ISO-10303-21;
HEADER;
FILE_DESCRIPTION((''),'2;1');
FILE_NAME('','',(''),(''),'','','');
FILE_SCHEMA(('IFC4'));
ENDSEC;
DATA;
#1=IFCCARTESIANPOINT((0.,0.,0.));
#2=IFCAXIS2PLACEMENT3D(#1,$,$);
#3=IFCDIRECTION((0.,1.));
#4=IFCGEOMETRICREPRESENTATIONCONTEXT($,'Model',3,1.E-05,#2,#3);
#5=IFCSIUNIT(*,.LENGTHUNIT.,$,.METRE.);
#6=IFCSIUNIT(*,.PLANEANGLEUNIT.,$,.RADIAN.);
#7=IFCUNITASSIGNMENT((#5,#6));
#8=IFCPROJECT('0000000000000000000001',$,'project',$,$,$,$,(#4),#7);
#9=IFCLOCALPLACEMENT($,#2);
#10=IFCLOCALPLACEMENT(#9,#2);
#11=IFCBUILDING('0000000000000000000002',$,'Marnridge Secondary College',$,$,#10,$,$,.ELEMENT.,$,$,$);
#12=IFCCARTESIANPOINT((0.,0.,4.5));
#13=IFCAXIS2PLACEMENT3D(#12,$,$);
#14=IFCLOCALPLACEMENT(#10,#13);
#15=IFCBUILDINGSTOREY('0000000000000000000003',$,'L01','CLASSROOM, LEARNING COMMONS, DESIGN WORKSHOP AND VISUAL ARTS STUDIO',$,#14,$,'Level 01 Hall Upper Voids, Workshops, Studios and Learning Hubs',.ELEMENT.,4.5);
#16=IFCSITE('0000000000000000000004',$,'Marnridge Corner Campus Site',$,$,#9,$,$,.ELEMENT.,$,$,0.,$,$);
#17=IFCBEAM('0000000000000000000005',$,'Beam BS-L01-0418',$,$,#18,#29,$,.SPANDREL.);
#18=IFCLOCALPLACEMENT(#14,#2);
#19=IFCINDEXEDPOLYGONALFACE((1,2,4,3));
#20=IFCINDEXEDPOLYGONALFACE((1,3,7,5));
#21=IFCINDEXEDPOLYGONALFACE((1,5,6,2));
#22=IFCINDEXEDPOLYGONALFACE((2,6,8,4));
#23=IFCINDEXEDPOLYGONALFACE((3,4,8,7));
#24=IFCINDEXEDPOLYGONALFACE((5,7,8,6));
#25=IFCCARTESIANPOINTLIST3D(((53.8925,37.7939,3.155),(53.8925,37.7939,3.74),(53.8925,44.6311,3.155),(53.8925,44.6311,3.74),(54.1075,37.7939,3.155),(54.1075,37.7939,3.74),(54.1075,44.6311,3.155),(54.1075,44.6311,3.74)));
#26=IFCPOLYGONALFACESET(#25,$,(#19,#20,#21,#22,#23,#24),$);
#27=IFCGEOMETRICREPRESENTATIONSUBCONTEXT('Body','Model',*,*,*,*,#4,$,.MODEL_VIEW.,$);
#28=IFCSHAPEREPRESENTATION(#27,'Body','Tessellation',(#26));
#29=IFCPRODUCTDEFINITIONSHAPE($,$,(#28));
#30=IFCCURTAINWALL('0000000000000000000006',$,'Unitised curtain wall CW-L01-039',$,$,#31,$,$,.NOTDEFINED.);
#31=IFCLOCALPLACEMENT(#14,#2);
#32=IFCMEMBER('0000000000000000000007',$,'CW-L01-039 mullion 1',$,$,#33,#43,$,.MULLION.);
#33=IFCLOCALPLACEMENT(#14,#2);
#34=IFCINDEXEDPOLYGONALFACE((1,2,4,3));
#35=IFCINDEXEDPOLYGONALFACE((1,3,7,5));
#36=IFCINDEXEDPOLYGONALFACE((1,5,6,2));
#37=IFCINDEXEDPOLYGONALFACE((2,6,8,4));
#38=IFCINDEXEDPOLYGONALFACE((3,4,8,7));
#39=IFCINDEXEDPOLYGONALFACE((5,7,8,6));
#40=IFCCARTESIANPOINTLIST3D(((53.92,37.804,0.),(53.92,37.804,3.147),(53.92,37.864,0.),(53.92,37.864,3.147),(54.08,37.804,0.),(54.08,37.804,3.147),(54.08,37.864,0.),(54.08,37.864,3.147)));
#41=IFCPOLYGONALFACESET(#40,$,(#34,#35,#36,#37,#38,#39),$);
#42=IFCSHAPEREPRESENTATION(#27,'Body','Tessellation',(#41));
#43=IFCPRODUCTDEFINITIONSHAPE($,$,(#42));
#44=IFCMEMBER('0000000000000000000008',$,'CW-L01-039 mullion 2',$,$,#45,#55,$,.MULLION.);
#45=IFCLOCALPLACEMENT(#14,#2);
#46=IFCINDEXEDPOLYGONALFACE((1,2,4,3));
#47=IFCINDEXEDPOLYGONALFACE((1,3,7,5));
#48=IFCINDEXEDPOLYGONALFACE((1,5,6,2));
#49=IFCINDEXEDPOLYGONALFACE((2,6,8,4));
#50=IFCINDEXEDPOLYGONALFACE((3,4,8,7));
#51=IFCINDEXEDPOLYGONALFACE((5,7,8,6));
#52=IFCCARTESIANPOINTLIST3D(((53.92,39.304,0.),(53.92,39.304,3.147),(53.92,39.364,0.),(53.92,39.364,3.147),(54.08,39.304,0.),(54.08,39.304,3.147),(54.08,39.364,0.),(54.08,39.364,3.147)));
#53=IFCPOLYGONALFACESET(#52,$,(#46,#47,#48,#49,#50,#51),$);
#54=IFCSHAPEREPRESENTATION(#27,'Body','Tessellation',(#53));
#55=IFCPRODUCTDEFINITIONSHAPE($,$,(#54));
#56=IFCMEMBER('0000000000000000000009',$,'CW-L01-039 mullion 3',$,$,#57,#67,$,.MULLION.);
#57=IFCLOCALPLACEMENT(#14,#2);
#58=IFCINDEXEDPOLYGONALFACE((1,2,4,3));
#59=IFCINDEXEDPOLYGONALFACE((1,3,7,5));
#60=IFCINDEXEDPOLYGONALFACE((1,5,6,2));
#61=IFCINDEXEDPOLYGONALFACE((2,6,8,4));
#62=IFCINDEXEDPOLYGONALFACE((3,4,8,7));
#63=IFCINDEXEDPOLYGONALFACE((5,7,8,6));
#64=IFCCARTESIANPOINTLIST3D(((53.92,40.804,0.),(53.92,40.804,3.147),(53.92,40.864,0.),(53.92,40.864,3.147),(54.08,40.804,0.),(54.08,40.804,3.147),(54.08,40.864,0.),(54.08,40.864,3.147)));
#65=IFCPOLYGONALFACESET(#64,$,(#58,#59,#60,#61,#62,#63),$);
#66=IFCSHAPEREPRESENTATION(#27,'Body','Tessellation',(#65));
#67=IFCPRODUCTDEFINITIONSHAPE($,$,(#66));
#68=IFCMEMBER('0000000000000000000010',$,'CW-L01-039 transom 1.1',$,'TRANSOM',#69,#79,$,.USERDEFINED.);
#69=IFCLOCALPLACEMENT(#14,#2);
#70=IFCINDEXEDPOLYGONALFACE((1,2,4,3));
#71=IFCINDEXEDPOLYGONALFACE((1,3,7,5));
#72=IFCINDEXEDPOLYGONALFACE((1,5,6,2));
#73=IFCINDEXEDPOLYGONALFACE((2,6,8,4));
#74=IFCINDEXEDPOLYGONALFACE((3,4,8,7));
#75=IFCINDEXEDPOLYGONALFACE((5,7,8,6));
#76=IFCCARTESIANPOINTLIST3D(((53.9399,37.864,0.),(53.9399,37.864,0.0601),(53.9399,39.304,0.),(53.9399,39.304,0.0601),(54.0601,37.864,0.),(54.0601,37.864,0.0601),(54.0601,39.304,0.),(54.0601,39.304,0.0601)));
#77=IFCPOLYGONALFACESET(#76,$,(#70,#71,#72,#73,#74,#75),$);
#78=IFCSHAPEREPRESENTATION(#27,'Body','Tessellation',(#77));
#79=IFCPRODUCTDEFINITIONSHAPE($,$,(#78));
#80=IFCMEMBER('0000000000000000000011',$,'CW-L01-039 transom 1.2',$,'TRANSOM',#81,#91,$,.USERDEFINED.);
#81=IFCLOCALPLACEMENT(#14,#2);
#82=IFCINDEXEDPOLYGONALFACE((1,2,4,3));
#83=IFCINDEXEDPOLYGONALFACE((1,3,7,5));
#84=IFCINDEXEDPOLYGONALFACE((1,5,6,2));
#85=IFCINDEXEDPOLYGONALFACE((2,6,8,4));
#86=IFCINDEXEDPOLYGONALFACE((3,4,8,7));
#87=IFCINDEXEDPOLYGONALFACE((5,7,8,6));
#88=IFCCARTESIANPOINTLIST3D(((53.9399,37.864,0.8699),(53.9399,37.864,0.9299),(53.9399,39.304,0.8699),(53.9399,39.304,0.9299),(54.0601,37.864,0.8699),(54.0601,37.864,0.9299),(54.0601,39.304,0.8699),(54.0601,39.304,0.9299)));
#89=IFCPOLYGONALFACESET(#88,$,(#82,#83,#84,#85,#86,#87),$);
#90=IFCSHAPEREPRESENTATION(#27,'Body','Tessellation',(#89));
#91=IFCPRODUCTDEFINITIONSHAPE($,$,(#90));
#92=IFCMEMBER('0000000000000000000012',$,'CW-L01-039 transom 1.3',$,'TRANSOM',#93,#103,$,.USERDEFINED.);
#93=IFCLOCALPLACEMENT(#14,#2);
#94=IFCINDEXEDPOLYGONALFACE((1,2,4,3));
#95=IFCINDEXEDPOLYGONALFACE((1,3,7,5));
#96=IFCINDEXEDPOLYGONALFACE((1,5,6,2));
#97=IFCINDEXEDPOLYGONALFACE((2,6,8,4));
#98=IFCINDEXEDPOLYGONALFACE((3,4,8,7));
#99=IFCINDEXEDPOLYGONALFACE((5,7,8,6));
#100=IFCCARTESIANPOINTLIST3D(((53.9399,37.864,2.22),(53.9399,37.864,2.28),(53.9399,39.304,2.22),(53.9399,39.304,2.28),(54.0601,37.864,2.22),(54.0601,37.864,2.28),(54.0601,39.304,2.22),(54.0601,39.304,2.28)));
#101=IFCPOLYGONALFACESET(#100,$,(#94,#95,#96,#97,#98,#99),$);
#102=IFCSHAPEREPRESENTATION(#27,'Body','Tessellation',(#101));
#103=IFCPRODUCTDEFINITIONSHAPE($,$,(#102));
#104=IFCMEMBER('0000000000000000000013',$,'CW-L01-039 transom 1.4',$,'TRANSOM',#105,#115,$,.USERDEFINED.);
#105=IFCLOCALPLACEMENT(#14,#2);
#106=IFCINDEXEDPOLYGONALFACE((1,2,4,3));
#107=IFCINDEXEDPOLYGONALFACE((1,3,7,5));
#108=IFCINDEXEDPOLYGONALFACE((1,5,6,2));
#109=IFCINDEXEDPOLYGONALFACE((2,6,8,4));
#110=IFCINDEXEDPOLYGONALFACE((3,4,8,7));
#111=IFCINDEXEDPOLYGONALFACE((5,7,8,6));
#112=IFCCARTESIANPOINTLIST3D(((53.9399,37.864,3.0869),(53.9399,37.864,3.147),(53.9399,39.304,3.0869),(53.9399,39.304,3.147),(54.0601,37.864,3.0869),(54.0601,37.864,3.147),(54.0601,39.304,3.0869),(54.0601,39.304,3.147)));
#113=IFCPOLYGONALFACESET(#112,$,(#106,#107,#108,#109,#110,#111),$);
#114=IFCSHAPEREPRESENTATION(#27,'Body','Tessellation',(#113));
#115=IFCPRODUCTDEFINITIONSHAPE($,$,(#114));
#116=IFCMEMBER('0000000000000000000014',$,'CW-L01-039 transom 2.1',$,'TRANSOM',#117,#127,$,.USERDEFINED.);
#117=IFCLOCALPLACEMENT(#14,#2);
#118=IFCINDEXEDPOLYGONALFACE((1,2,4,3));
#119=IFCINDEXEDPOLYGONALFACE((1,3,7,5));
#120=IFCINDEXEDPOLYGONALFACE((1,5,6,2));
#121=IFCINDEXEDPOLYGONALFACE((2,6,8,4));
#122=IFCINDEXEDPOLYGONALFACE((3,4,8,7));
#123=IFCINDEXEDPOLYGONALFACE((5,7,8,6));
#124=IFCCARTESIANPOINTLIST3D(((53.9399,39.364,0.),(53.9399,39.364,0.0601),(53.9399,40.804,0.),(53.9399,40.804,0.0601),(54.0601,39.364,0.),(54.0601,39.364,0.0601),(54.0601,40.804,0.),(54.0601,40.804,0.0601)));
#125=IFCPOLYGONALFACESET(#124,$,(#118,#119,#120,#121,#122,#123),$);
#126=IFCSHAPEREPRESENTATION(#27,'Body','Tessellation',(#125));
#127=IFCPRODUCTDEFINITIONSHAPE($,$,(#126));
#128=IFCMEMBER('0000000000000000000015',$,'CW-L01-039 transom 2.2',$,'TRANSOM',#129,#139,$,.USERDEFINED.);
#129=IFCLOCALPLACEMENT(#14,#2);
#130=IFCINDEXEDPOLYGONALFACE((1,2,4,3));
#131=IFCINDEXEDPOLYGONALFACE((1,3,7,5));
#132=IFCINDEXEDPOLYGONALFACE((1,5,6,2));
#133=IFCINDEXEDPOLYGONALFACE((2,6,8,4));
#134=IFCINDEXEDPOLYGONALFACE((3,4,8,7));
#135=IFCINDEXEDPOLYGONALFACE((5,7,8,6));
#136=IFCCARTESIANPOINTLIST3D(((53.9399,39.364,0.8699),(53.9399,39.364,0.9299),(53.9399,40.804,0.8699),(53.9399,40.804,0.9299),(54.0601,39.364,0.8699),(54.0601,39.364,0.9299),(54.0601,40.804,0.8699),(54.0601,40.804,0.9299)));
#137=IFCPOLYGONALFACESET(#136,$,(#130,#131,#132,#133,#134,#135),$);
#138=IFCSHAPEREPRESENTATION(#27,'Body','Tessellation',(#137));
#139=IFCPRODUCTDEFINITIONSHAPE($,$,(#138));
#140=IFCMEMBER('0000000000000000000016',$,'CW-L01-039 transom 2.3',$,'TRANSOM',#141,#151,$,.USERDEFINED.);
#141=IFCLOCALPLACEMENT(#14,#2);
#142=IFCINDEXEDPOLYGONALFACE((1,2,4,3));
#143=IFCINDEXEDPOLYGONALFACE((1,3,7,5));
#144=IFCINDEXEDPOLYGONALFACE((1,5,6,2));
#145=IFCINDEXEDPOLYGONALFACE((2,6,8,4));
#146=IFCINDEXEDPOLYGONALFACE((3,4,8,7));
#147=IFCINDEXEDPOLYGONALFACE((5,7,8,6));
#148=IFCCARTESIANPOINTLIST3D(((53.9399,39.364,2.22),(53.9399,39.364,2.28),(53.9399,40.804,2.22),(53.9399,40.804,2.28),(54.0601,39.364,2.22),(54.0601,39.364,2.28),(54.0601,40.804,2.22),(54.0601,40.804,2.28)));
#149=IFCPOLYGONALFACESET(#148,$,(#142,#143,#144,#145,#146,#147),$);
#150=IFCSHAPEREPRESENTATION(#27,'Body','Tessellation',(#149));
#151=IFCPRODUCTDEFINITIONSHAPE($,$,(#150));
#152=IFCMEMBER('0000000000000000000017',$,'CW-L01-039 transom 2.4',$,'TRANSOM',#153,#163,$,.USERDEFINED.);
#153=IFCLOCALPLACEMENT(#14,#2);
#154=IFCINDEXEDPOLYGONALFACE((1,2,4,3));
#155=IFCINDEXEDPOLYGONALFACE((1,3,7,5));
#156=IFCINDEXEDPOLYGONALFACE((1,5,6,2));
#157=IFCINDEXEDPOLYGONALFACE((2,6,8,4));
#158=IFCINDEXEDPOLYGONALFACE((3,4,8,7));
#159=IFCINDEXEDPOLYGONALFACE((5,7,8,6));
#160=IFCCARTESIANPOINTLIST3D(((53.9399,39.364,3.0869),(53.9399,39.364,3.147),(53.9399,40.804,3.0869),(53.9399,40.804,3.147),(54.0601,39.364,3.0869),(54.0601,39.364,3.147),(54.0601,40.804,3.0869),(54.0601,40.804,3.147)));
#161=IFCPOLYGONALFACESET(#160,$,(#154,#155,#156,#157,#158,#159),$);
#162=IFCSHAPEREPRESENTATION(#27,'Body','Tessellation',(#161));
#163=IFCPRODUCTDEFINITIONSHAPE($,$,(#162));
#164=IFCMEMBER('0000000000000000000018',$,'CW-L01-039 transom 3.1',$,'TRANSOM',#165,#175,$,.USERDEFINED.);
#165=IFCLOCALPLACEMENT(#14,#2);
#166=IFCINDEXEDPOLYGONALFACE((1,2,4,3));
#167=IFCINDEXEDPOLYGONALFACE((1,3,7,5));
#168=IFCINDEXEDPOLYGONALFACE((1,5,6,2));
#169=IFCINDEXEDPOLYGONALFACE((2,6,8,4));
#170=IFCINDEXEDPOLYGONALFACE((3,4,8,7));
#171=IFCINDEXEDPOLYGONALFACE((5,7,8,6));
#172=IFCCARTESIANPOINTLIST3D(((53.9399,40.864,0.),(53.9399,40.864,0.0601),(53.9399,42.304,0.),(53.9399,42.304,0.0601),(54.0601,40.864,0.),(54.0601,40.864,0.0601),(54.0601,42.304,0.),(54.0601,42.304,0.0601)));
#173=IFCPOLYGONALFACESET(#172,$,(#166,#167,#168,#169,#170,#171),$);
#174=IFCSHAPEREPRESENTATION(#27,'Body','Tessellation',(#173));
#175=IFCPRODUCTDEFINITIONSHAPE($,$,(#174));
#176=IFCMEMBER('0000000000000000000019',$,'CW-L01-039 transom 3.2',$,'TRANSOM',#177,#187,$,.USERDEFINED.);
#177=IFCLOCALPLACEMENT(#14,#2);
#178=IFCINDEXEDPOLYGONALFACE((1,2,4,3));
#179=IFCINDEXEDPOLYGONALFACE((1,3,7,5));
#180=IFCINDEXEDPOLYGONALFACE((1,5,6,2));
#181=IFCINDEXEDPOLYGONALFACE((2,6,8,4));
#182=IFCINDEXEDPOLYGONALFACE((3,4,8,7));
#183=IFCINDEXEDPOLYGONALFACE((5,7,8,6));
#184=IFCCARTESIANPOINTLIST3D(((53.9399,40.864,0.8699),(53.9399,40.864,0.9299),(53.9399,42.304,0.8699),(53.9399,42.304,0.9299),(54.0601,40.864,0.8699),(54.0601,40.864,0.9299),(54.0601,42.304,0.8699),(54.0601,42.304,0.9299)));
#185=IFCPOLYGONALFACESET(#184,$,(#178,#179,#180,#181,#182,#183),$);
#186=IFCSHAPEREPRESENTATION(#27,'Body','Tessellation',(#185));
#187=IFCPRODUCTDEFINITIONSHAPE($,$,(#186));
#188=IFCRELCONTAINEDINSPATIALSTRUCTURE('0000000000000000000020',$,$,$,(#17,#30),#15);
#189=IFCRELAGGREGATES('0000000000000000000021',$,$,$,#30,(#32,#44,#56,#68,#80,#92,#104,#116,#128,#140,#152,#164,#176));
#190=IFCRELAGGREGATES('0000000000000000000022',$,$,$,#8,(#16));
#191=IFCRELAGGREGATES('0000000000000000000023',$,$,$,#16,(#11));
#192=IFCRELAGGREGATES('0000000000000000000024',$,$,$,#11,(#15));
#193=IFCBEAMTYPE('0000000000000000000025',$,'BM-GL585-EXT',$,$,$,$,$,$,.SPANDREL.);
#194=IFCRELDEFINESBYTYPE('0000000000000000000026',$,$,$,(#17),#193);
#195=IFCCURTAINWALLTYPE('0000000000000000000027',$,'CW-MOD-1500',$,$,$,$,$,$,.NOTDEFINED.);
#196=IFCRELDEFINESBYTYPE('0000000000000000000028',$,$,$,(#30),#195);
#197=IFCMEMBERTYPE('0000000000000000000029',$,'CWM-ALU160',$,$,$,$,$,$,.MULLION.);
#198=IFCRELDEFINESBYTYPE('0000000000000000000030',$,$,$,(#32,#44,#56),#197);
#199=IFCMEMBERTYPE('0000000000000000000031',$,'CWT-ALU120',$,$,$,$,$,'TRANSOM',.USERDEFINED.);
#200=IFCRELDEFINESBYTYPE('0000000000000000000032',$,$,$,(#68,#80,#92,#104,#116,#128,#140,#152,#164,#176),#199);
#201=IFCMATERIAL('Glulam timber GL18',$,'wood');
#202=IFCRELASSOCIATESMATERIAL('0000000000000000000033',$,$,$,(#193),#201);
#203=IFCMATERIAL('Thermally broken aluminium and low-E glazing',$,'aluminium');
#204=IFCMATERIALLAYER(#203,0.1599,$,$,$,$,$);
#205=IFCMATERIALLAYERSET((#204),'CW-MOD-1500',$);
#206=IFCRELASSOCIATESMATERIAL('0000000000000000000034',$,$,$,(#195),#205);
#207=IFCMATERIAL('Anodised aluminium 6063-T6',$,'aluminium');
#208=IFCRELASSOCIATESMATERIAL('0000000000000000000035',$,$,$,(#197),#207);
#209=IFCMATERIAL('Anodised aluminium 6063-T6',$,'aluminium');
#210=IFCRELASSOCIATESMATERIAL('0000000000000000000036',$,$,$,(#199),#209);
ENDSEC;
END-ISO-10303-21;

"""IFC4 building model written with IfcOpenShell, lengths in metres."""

from ifc_helpers import new_model, si_unit, direction, frame, origin, origin_2d, place, context, subcontext, project, spatial, rectangle, extrude, material, layer, layer_set, material_profile, profile_set, type_object, element, aggregate, save


model = new_model("IFC4")

# Units and contexts
model_context = context("Model", 3, precision=1e-05, world=origin(), true_north=direction((0.0, 1.0)))
body_context = subcontext(model_context, "Body", "Model", "MODEL_VIEW")
ifc_project = project(units=[si_unit("LENGTHUNIT", "METRE"), si_unit("PLANEANGLEUNIT", "RADIAN")], contexts=[model_context])

# Site, building, storey
site_placement = place(None, origin())
site = spatial("IfcSite", under=ifc_project, at=site_placement, Name="Marnridge Corner Campus Site", CompositionType="ELEMENT", RefElevation=0.0)
building_placement = place(site_placement, origin())
building = spatial("IfcBuilding", under=site, at=building_placement, Name="Marnridge Secondary College", CompositionType="ELEMENT")
storey_placement = place(building_placement, frame((0.0, 0.0, 4.5)))
storey = spatial("IfcBuildingStorey", under=building, at=storey_placement, Name="L01", Description="CLASSROOM, LEARNING COMMONS, DESIGN WORKSHOP AND VISUAL ARTS STUDIO", LongName="Level 01 Hall Upper Voids, Workshops, Studios and Learning Hubs", CompositionType="ELEMENT", Elevation=4.5)

# Beam
ifc_material_1 = material(Name="Glulam timber GL18", Category="wood")
ifc_material_profile_1 = material_profile(ifc_material_1, rectangle(XDim=0.2151, YDim=0.585, at=origin_2d()), Name="GL18 215x585")
ifc_profile_set_1 = profile_set([ifc_material_profile_1], Name="Glulam timber GL18")
beam_type = type_object("IfcBeamType", Name="BM-GL585-EXT", PredefinedType="SPANDREL", material=ifc_profile_set_1)
beam_placement = place(storey_placement, frame((54.0, 37.7939, 3.4475), z_axis=(0.0, 1.0, 0.0), x_axis=(-1.0, 0.0, 0.0)))
element("IfcBeam", 1, at=beam_placement, inside=storey, type_object=beam_type, Name="Beam BS-L01-0418", PredefinedType="SPANDREL", context=body_context, shape_type="SweptSolid", body=[
    extrude(rectangle(XDim=0.2151, YDim=0.585, at=origin_2d()), origin(), (0.0, 0.0, 1.0), 6.8372),
])

# Curtain wall, members
ifc_material_2 = material(Name="Thermally broken aluminium and low-E glazing", Category="aluminium")
ifc_layer_1 = layer(ifc_material_2, 0.1599)
ifc_layer_set_1 = layer_set([ifc_layer_1], Name="CW-MOD-1500")
curtain_wall_type = type_object("IfcCurtainWallType", Name="CW-MOD-1500", PredefinedType="NOTDEFINED", material=ifc_layer_set_1)
curtain_wall_placement = place(storey_placement, origin())
curtain_wall = element("IfcCurtainWall", 2, at=curtain_wall_placement, inside=storey, type_object=curtain_wall_type, Name="Unitised curtain wall CW-L01-039", PredefinedType="NOTDEFINED")
ifc_material_3 = material(Name="Anodised aluminium 6063-T6", Category="aluminium")
ifc_material_profile_2 = material_profile(ifc_material_3, rectangle(XDim=0.0601, YDim=0.1599, at=origin_2d()), Name="ALU 60x160")
ifc_profile_set_2 = profile_set([ifc_material_profile_2], Name="Anodised aluminium 6063-T6")
member_type_1 = type_object("IfcMemberType", Name="CWM-ALU160", PredefinedType="MULLION", material=ifc_profile_set_2)
member_1_placement = place(storey_placement, frame((54.0, 37.834, 0.0), z_axis=(0.0, 0.0, 1.0), x_axis=(0.0, 1.0, 0.0)))
member_1 = element("IfcMember", 3, at=member_1_placement, type_object=member_type_1, Name="CW-L01-039 mullion 1", PredefinedType="MULLION", context=body_context, shape_type="SweptSolid", body=[
    extrude(rectangle(XDim=0.0601, YDim=0.1599, at=origin_2d()), origin(), (0.0, 0.0, 1.0), 3.147),
])
member_2_placement = place(storey_placement, frame((54.0, 39.334, 0.0), z_axis=(0.0, 0.0, 1.0), x_axis=(0.0, 1.0, 0.0)))
member_2 = element("IfcMember", 4, at=member_2_placement, type_object=member_type_1, Name="CW-L01-039 mullion 2", PredefinedType="MULLION", context=body_context, shape_type="SweptSolid", body=[
    extrude(rectangle(XDim=0.0601, YDim=0.1599, at=origin_2d()), origin(), (0.0, 0.0, 1.0), 3.147),
])
member_3_placement = place(storey_placement, frame((54.0, 40.834, 0.0), z_axis=(0.0, 0.0, 1.0), x_axis=(0.0, 1.0, 0.0)))
member_3 = element("IfcMember", 5, at=member_3_placement, type_object=member_type_1, Name="CW-L01-039 mullion 3", PredefinedType="MULLION", context=body_context, shape_type="SweptSolid", body=[
    extrude(rectangle(XDim=0.0601, YDim=0.1599, at=origin_2d()), origin(), (0.0, 0.0, 1.0), 3.147),
])
ifc_material_4 = material(Name="Anodised aluminium 6063-T6", Category="aluminium")
ifc_material_profile_3 = material_profile(ifc_material_4, rectangle(XDim=0.0601, YDim=0.1201, at=origin_2d()), Name="ALU 60x120")
ifc_profile_set_3 = profile_set([ifc_material_profile_3], Name="Anodised aluminium 6063-T6")
member_type_2 = type_object("IfcMemberType", Name="CWT-ALU120", ElementType="TRANSOM", PredefinedType="USERDEFINED", material=ifc_profile_set_3)
member_4_placement = place(storey_placement, frame((54.0, 37.864, 0.03), z_axis=(0.0, 1.0, 0.0), x_axis=(0.0, 0.0, 1.0)))
member_4 = element("IfcMember", 6, at=member_4_placement, type_object=member_type_2, Name="CW-L01-039 transom 1.1", ObjectType="TRANSOM", PredefinedType="USERDEFINED", context=body_context, shape_type="SweptSolid", body=[
    extrude(rectangle(XDim=0.0601, YDim=0.1201, at=origin_2d()), origin(), (0.0, 0.0, 1.0), 1.4399),
])
member_5_placement = place(storey_placement, frame((54.0, 37.864, 0.8999), z_axis=(0.0, 1.0, 0.0), x_axis=(0.0, 0.0, 1.0)))
member_5 = element("IfcMember", 7, at=member_5_placement, type_object=member_type_2, Name="CW-L01-039 transom 1.2", ObjectType="TRANSOM", PredefinedType="USERDEFINED", context=body_context, shape_type="SweptSolid", body=[
    extrude(rectangle(XDim=0.0601, YDim=0.1201, at=origin_2d()), origin(), (0.0, 0.0, 1.0), 1.4399),
])
member_6_placement = place(storey_placement, frame((54.0, 37.864, 2.25), z_axis=(0.0, 1.0, 0.0), x_axis=(0.0, 0.0, 1.0)))
member_6 = element("IfcMember", 8, at=member_6_placement, type_object=member_type_2, Name="CW-L01-039 transom 1.3", ObjectType="TRANSOM", PredefinedType="USERDEFINED", context=body_context, shape_type="SweptSolid", body=[
    extrude(rectangle(XDim=0.0601, YDim=0.1201, at=origin_2d()), origin(), (0.0, 0.0, 1.0), 1.4399),
])
member_7_placement = place(storey_placement, frame((54.0, 37.864, 3.1169), z_axis=(0.0, 1.0, 0.0), x_axis=(0.0, 0.0, 1.0)))
member_7 = element("IfcMember", 9, at=member_7_placement, type_object=member_type_2, Name="CW-L01-039 transom 1.4", ObjectType="TRANSOM", PredefinedType="USERDEFINED", context=body_context, shape_type="SweptSolid", body=[
    extrude(rectangle(XDim=0.0601, YDim=0.1201, at=origin_2d()), origin(), (0.0, 0.0, 1.0), 1.4399),
])
member_8_placement = place(storey_placement, frame((54.0, 39.364, 0.03), z_axis=(0.0, 1.0, 0.0), x_axis=(0.0, 0.0, 1.0)))
member_8 = element("IfcMember", 10, at=member_8_placement, type_object=member_type_2, Name="CW-L01-039 transom 2.1", ObjectType="TRANSOM", PredefinedType="USERDEFINED", context=body_context, shape_type="SweptSolid", body=[
    extrude(rectangle(XDim=0.0601, YDim=0.1201, at=origin_2d()), origin(), (0.0, 0.0, 1.0), 1.4399),
])
member_9_placement = place(storey_placement, frame((54.0, 39.364, 0.8999), z_axis=(0.0, 1.0, 0.0), x_axis=(0.0, 0.0, 1.0)))
member_9 = element("IfcMember", 11, at=member_9_placement, type_object=member_type_2, Name="CW-L01-039 transom 2.2", ObjectType="TRANSOM", PredefinedType="USERDEFINED", context=body_context, shape_type="SweptSolid", body=[
    extrude(rectangle(XDim=0.0601, YDim=0.1201, at=origin_2d()), origin(), (0.0, 0.0, 1.0), 1.4399),
])
member_10_placement = place(storey_placement, frame((54.0, 39.364, 2.25), z_axis=(0.0, 1.0, 0.0), x_axis=(0.0, 0.0, 1.0)))
member_10 = element("IfcMember", 12, at=member_10_placement, type_object=member_type_2, Name="CW-L01-039 transom 2.3", ObjectType="TRANSOM", PredefinedType="USERDEFINED", context=body_context, shape_type="SweptSolid", body=[
    extrude(rectangle(XDim=0.0601, YDim=0.1201, at=origin_2d()), origin(), (0.0, 0.0, 1.0), 1.4399),
])
member_11_placement = place(storey_placement, frame((54.0, 39.364, 3.1169), z_axis=(0.0, 1.0, 0.0), x_axis=(0.0, 0.0, 1.0)))
member_11 = element("IfcMember", 13, at=member_11_placement, type_object=member_type_2, Name="CW-L01-039 transom 2.4", ObjectType="TRANSOM", PredefinedType="USERDEFINED", context=body_context, shape_type="SweptSolid", body=[
    extrude(rectangle(XDim=0.0601, YDim=0.1201, at=origin_2d()), origin(), (0.0, 0.0, 1.0), 1.4399),
])
member_12_placement = place(storey_placement, frame((54.0, 40.864, 0.03), z_axis=(0.0, 1.0, 0.0), x_axis=(0.0, 0.0, 1.0)))
member_12 = element("IfcMember", 14, at=member_12_placement, type_object=member_type_2, Name="CW-L01-039 transom 3.1", ObjectType="TRANSOM", PredefinedType="USERDEFINED", context=body_context, shape_type="SweptSolid", body=[
    extrude(rectangle(XDim=0.0601, YDim=0.1201, at=origin_2d()), origin(), (0.0, 0.0, 1.0), 1.4399),
])
member_13_placement = place(storey_placement, frame((54.0, 40.864, 0.8999), z_axis=(0.0, 1.0, 0.0), x_axis=(0.0, 0.0, 1.0)))
member_13 = element("IfcMember", 15, at=member_13_placement, type_object=member_type_2, Name="CW-L01-039 transom 3.2", ObjectType="TRANSOM", PredefinedType="USERDEFINED", context=body_context, shape_type="SweptSolid", body=[
    extrude(rectangle(XDim=0.0601, YDim=0.1201, at=origin_2d()), origin(), (0.0, 0.0, 1.0), 1.4399),
])
aggregate(curtain_wall, [member_1, member_2, member_3, member_4, member_5, member_6, member_7, member_8, member_9, member_10, member_11, member_12, member_13])

save(model, "model.ifc")
